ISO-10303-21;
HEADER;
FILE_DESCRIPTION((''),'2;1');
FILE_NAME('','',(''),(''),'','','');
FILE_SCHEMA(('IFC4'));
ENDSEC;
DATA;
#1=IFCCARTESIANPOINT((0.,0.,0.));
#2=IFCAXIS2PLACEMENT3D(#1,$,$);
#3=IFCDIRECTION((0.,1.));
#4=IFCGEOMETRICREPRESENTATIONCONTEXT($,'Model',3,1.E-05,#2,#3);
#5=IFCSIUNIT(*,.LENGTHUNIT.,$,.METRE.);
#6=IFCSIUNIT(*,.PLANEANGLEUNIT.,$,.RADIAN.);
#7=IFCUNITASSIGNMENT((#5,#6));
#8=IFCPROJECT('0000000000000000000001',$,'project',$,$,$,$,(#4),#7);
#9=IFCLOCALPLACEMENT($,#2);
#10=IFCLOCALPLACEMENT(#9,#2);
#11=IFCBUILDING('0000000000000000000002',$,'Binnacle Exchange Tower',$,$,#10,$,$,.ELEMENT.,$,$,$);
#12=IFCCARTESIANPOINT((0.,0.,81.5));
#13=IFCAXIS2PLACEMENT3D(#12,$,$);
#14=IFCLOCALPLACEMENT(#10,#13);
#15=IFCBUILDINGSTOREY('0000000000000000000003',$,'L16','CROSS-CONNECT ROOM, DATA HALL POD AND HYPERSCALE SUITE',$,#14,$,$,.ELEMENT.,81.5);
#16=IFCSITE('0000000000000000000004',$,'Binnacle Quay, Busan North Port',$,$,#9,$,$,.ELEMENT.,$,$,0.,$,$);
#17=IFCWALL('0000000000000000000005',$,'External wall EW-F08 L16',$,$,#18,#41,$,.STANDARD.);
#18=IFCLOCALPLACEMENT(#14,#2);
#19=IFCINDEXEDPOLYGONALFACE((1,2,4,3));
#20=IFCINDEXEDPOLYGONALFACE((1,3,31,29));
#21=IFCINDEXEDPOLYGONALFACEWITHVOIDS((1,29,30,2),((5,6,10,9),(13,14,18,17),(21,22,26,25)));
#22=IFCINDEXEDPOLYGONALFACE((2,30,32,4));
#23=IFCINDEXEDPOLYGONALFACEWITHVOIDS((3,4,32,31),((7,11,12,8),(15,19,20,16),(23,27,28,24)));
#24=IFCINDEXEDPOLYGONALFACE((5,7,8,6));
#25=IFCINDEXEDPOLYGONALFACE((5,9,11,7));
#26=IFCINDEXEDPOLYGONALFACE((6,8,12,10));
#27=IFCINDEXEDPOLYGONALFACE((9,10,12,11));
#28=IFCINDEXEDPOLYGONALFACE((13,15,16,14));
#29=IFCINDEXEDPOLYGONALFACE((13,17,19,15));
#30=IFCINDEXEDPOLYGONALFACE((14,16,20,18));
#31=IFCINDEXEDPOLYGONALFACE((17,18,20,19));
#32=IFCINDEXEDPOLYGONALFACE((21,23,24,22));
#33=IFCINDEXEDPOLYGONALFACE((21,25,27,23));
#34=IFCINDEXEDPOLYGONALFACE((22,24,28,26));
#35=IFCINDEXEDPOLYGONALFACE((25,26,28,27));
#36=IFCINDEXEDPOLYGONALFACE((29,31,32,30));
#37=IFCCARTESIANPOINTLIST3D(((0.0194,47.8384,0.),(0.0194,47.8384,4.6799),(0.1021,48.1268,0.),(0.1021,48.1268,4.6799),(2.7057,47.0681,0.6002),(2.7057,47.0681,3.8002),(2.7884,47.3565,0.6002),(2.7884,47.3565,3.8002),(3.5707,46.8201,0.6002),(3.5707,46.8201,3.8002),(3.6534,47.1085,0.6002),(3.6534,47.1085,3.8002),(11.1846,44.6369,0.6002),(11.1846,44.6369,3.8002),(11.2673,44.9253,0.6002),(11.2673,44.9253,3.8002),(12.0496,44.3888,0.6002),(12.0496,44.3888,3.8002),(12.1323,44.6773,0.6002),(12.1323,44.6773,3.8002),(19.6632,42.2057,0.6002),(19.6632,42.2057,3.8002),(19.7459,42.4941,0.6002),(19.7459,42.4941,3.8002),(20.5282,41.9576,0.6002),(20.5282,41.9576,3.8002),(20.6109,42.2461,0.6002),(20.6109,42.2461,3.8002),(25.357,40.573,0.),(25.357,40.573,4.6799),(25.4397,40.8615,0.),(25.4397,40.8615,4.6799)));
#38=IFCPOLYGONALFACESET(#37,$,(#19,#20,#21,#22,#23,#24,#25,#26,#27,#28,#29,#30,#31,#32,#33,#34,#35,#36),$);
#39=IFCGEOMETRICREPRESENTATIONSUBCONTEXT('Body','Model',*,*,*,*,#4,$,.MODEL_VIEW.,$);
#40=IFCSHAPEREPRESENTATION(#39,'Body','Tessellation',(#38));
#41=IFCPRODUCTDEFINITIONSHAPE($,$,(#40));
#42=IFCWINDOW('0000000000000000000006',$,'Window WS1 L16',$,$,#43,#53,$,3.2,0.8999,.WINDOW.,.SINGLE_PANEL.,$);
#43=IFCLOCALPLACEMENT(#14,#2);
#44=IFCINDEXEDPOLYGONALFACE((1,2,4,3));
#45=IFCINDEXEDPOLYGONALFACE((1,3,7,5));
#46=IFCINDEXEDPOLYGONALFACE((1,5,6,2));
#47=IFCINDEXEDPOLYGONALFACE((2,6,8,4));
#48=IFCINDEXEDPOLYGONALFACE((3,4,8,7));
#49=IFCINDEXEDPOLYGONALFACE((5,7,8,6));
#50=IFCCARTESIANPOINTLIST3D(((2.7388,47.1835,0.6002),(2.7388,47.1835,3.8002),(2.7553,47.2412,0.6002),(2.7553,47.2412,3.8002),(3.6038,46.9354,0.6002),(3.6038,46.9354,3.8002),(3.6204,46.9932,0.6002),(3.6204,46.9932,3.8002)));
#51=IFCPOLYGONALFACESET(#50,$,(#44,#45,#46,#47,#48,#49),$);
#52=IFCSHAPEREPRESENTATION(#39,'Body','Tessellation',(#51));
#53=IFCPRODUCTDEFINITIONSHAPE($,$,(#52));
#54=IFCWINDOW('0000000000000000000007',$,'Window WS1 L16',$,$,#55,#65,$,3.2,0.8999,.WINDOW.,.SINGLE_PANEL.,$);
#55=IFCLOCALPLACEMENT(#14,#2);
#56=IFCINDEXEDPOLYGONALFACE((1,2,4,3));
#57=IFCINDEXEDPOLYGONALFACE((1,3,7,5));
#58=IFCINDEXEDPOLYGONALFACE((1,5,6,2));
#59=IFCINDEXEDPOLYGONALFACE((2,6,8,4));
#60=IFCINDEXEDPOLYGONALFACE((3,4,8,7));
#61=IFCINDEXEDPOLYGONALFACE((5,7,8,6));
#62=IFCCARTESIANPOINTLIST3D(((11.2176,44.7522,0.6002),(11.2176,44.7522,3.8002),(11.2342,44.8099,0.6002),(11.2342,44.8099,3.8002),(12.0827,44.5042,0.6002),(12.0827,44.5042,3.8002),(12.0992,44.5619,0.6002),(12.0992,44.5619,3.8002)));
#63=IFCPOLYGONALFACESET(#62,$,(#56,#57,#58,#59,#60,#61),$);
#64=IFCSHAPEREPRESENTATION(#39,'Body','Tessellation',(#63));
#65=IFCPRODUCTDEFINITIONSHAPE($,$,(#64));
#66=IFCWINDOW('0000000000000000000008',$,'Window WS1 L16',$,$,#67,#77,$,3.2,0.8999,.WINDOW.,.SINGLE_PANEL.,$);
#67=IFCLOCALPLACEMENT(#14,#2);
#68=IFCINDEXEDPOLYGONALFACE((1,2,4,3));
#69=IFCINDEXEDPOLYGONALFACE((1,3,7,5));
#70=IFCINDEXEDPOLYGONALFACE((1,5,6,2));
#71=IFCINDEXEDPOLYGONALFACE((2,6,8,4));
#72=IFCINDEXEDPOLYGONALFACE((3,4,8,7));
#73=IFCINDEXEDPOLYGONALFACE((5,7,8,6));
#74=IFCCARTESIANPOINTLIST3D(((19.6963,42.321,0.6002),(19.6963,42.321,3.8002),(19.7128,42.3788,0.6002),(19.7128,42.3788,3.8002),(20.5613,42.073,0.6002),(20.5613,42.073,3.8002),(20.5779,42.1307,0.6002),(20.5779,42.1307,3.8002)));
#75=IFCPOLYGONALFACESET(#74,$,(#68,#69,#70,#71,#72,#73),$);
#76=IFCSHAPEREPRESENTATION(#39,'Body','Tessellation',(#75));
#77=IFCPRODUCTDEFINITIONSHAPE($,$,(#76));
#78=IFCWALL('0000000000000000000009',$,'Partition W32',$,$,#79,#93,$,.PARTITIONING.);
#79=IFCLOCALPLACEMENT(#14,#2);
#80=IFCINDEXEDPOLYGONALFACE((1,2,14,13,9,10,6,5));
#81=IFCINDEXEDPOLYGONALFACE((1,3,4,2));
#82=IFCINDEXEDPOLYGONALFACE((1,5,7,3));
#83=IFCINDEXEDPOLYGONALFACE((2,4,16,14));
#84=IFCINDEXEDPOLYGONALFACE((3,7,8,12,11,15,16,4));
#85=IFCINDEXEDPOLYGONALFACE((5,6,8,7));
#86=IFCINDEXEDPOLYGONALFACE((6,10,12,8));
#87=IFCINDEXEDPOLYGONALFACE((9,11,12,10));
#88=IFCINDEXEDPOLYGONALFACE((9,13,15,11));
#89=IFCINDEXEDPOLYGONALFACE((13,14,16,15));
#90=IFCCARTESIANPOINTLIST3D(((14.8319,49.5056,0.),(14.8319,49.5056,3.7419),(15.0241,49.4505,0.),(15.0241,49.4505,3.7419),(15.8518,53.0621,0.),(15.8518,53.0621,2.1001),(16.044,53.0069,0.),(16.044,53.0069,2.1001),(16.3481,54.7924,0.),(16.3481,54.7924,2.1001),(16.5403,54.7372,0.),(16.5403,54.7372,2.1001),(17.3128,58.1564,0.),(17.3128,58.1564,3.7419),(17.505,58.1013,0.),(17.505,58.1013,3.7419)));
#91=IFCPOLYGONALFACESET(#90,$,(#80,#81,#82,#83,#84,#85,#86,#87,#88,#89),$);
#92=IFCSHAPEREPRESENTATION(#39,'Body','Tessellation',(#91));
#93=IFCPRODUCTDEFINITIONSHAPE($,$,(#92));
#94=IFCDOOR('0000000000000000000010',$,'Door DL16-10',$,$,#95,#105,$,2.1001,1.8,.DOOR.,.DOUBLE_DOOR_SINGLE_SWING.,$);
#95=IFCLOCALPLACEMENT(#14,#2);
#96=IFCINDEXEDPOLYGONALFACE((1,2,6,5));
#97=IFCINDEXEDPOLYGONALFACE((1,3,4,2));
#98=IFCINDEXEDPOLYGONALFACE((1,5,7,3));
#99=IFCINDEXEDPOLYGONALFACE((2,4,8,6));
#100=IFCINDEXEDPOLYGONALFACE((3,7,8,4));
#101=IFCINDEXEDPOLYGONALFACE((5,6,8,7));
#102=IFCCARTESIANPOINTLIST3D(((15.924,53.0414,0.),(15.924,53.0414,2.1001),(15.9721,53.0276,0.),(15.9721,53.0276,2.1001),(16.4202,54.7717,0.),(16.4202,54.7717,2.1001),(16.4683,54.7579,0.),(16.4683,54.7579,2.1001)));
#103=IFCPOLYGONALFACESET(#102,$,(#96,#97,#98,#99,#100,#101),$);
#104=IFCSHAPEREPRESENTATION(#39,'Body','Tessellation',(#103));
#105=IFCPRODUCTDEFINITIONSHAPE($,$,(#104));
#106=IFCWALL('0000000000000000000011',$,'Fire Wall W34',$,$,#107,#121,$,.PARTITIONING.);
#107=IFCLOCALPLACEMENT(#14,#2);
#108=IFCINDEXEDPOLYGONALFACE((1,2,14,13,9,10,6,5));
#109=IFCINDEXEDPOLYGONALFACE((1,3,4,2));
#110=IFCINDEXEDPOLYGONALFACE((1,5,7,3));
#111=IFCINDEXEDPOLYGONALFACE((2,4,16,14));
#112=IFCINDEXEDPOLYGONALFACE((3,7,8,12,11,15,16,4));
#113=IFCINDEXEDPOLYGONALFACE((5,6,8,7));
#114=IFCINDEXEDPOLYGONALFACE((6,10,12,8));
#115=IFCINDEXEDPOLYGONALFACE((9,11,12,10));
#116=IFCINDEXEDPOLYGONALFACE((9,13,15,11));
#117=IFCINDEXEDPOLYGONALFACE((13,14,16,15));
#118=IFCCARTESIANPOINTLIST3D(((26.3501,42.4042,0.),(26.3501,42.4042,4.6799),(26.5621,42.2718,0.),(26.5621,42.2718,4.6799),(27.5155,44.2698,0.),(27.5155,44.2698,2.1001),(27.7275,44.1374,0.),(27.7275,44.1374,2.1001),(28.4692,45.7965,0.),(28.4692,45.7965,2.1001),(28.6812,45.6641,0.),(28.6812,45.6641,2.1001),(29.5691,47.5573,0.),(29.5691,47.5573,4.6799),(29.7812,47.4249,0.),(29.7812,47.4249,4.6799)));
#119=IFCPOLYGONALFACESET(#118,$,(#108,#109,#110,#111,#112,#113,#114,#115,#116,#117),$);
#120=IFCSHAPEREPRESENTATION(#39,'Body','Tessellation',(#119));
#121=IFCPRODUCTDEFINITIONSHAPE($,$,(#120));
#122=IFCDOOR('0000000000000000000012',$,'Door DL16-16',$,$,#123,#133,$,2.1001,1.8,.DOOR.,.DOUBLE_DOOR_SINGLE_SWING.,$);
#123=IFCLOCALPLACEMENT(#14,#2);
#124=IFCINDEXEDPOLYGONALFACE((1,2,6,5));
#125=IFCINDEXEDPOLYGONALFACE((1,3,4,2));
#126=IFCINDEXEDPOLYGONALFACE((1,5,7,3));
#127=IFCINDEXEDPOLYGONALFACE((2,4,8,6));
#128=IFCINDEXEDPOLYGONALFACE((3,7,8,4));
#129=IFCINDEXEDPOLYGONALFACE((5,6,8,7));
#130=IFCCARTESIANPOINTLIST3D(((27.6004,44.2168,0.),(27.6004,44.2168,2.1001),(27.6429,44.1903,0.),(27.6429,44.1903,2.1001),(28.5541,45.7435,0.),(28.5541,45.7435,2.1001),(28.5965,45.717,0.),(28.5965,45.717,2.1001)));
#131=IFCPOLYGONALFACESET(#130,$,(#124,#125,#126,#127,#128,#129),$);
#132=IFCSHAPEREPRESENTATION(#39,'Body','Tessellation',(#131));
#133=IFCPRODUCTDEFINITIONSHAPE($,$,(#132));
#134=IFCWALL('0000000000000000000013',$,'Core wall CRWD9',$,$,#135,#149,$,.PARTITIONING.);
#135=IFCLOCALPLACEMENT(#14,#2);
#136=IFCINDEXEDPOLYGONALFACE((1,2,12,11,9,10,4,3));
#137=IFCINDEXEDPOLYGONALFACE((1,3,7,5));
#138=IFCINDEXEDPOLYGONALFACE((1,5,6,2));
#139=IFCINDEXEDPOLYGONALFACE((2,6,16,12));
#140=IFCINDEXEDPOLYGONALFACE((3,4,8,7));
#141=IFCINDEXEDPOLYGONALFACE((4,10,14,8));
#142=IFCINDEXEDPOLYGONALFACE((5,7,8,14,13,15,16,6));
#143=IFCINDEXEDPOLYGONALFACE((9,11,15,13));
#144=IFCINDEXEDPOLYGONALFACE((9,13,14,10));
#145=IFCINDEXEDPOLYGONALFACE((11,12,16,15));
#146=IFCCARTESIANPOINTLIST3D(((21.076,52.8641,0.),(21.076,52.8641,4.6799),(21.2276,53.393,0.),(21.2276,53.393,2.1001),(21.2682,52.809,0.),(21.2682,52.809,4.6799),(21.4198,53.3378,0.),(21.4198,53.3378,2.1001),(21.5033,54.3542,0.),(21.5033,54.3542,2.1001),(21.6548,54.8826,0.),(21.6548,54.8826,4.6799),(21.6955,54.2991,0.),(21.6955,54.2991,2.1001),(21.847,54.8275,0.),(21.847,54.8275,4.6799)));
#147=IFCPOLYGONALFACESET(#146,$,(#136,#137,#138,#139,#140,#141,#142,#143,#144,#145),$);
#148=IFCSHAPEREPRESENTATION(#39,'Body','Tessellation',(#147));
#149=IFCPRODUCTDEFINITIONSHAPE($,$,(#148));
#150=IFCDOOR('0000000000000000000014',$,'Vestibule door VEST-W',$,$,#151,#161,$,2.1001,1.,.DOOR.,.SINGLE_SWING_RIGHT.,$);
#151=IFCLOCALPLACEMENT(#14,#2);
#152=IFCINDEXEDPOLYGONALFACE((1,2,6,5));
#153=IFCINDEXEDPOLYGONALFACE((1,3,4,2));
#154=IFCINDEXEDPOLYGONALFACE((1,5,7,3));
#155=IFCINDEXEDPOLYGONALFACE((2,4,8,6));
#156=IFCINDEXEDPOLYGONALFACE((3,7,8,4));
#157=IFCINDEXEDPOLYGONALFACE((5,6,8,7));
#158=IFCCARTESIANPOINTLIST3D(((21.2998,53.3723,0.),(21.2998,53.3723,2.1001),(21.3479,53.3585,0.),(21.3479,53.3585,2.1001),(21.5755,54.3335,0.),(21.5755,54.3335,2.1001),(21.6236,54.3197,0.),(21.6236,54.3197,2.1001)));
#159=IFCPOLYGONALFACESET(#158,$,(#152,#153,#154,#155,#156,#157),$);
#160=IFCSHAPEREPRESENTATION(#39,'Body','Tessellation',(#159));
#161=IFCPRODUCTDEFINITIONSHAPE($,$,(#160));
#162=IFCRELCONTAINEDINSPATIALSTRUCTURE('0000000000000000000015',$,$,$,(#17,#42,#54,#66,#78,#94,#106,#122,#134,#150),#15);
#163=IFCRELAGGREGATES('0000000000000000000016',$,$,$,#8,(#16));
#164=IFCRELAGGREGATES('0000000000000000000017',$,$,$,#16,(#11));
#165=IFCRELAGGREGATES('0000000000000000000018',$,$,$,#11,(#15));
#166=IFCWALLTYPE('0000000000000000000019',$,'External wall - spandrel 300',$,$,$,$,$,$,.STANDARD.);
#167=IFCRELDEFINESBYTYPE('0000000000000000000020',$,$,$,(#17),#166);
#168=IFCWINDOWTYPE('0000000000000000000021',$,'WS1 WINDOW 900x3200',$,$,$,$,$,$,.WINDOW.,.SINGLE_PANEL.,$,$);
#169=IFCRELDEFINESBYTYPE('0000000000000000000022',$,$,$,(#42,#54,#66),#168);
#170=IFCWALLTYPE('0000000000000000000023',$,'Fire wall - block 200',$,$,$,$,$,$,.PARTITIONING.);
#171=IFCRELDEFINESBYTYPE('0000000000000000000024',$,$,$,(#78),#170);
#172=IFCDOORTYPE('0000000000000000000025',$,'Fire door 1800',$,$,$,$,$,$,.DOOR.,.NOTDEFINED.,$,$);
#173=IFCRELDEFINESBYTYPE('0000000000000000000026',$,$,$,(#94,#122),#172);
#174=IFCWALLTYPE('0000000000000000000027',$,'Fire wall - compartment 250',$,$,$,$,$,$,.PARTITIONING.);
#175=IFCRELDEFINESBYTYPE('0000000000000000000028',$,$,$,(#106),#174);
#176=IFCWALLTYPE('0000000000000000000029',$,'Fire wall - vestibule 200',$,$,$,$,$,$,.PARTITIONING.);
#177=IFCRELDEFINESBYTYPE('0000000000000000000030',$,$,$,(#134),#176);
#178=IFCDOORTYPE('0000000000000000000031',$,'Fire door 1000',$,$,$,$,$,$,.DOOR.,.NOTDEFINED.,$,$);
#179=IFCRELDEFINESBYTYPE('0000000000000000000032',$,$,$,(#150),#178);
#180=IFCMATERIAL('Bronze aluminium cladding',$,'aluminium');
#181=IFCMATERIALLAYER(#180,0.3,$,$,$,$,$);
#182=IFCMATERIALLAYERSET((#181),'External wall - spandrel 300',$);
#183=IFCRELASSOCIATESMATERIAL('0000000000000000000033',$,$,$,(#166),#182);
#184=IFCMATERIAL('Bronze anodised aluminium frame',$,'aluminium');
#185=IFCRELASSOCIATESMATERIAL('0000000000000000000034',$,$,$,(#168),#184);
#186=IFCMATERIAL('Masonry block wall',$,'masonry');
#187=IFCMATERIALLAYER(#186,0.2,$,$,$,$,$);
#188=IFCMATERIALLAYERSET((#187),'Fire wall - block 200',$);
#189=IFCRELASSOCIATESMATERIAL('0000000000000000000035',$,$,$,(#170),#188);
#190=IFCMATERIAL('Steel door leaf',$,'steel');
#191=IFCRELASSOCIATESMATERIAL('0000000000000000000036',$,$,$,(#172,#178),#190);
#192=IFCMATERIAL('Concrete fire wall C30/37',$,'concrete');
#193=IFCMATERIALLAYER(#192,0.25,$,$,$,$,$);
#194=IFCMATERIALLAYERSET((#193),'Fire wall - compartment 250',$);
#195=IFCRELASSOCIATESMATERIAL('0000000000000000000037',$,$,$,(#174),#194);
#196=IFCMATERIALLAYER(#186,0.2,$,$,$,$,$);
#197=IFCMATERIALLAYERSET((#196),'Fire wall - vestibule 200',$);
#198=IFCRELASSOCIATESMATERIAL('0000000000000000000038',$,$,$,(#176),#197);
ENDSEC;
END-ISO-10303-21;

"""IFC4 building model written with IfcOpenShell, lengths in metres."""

from ifc_helpers import new_model, si_unit, direction, frame, frame_2d, origin, place, context, subcontext, project, spatial, rectangle, extrude, material, layer, layer_set, type_object, element, fill, save


model = new_model("IFC4")

# Units and contexts
model_context = context("Model", 3, precision=1e-05, world=origin(), true_north=direction((0.0, 1.0)))
body_context = subcontext(model_context, "Body", "Model", "MODEL_VIEW")
ifc_project = project(units=[si_unit("LENGTHUNIT", "METRE"), si_unit("PLANEANGLEUNIT", "RADIAN")], contexts=[model_context])

# Site, building, storey
site_placement = place(None, origin())
site = spatial("IfcSite", under=ifc_project, at=site_placement, Name="Binnacle Quay, Busan North Port", CompositionType="ELEMENT", RefElevation=0.0)
building_placement = place(site_placement, origin())
building = spatial("IfcBuilding", under=site, at=building_placement, Name="Binnacle Exchange Tower", CompositionType="ELEMENT")
storey_placement = place(building_placement, frame((0.0, 0.0, 81.5)))
storey = spatial("IfcBuildingStorey", under=building, at=storey_placement, Name="L16", Description="CROSS-CONNECT ROOM, DATA HALL POD AND HYPERSCALE SUITE", CompositionType="ELEMENT", Elevation=81.5)

# Shared definitions
ifc_material_1 = material(Name="Steel door leaf", Category="steel")

# Wall, openings, windows
ifc_material_2 = material(Name="Bronze aluminium cladding", Category="aluminium")
ifc_layer_1 = layer(ifc_material_2, 0.3)
ifc_layer_set_1 = layer_set([ifc_layer_1], Name="External wall - spandrel 300")
wall_type_1 = type_object("IfcWallType", Name="External wall - spandrel 300", PredefinedType="STANDARD", material=ifc_layer_set_1)
wall_1_placement = place(storey_placement, frame((25.3982, 40.7173, 0.0), z_axis=(0.0, 0.0, 1.0), x_axis=(-0.961262, 0.275635, 0.0)))
wall_1 = element("IfcWall", 1, at=wall_1_placement, inside=storey, type_object=wall_type_1, Name="External wall EW-F08 L16", PredefinedType="STANDARD", context=body_context, shape_type="SweptSolid", body=[
    extrude(rectangle(XDim=26.3586, YDim=0.3, at=frame_2d((13.1792, 0.0))), origin(), (0.0, 0.0, 1.0), 4.6799),
])
opening_1_placement = place(wall_1_placement, frame((22.6641, 0.0, 0.6001)))
opening_1 = element("IfcOpeningElement", 2, at=opening_1_placement, cuts=wall_1, PredefinedType="OPENING", context=body_context, shape_type="SweptSolid", body=[
    extrude(rectangle(XDim=0.8999, YDim=3.2, at=frame_2d((0.45, 1.6001))), frame((0.0, 0.1599, 0.0), z_axis=(0.0, -1.0, 0.0), x_axis=(1.0, 0.0, 0.0)), (0.0, 0.0, 1.0), 0.3201),
])
opening_2_placement = place(wall_1_placement, frame((13.8435, 0.0, 0.6001)))
opening_2 = element("IfcOpeningElement", 3, at=opening_2_placement, cuts=wall_1, PredefinedType="OPENING", context=body_context, shape_type="SweptSolid", body=[
    extrude(rectangle(XDim=0.8999, YDim=3.2, at=frame_2d((0.45, 1.6001))), frame((0.0, 0.1599, 0.0), z_axis=(0.0, -1.0, 0.0), x_axis=(1.0, 0.0, 0.0)), (0.0, 0.0, 1.0), 0.3201),
])
opening_3_placement = place(wall_1_placement, frame((5.0232, 0.0, 0.6001)))
opening_3 = element("IfcOpeningElement", 4, at=opening_3_placement, cuts=wall_1, PredefinedType="OPENING", context=body_context, shape_type="SweptSolid", body=[
    extrude(rectangle(XDim=0.8999, YDim=3.2, at=frame_2d((0.45, 1.6001))), frame((0.0, 0.1599, 0.0), z_axis=(0.0, -1.0, 0.0), x_axis=(1.0, 0.0, 0.0)), (0.0, 0.0, 1.0), 0.3201),
])
ifc_material_3 = material(Name="Bronze anodised aluminium frame", Category="aluminium")
window_type = type_object("IfcWindowType", Name="WS1 WINDOW 900x3200", PartitioningType="SINGLE_PANEL", PredefinedType="WINDOW", material=ifc_material_3)
window_1_placement = place(opening_1_placement, origin())
window_1 = element("IfcWindow", 5, at=window_1_placement, inside=storey, type_object=window_type, Name="Window WS1 L16", OverallHeight=3.2, OverallWidth=0.8999, PartitioningType="SINGLE_PANEL", PredefinedType="WINDOW", context=body_context, shape_type="SweptSolid", body=[
    extrude(rectangle(XDim=0.8999, YDim=3.2, at=frame_2d((0.45, 1.6001))), frame((0.0, 0.03, 0.0), z_axis=(0.0, -1.0, 0.0), x_axis=(1.0, 0.0, 0.0)), (0.0, 0.0, 1.0), 0.0601),
])
fill(opening_1, window_1)
window_2_placement = place(opening_2_placement, origin())
window_2 = element("IfcWindow", 6, at=window_2_placement, inside=storey, type_object=window_type, Name="Window WS1 L16", OverallHeight=3.2, OverallWidth=0.8999, PartitioningType="SINGLE_PANEL", PredefinedType="WINDOW", context=body_context, shape_type="SweptSolid", body=[
    extrude(rectangle(XDim=0.8999, YDim=3.2, at=frame_2d((0.45, 1.6001))), frame((0.0, 0.03, 0.0), z_axis=(0.0, -1.0, 0.0), x_axis=(1.0, 0.0, 0.0)), (0.0, 0.0, 1.0), 0.0601),
])
fill(opening_2, window_2)
window_3_placement = place(opening_3_placement, origin())
window_3 = element("IfcWindow", 7, at=window_3_placement, inside=storey, type_object=window_type, Name="Window WS1 L16", OverallHeight=3.2, OverallWidth=0.8999, PartitioningType="SINGLE_PANEL", PredefinedType="WINDOW", context=body_context, shape_type="SweptSolid", body=[
    extrude(rectangle(XDim=0.8999, YDim=3.2, at=frame_2d((0.45, 1.6001))), frame((0.0, 0.03, 0.0), z_axis=(0.0, -1.0, 0.0), x_axis=(1.0, 0.0, 0.0)), (0.0, 0.0, 1.0), 0.0601),
])
fill(opening_3, window_3)

# Walls, openings, doors
ifc_material_4 = material(Name="Masonry block wall", Category="masonry")
ifc_layer_2 = layer(ifc_material_4, 0.2)
ifc_layer_set_2 = layer_set([ifc_layer_2], Name="Fire wall - block 200")
wall_type_2 = type_object("IfcWallType", Name="Fire wall - block 200", PredefinedType="PARTITIONING", material=ifc_layer_set_2)
wall_2_placement = place(storey_placement, frame((14.928, 49.478, 0.0), z_axis=(0.0, 0.0, 1.0), x_axis=(0.275674, 0.961251, 0.0)))
wall_2 = element("IfcWall", 8, at=wall_2_placement, inside=storey, type_object=wall_type_2, Name="Partition W32", PredefinedType="PARTITIONING", context=body_context, shape_type="SweptSolid", body=[
    extrude(rectangle(XDim=8.9995, YDim=0.2, at=frame_2d((4.4998, 0.0))), origin(), (0.0, 0.0, 1.0), 3.7419),
])
opening_4_placement = place(wall_2_placement, frame((3.7, 0.0, 0.0)))
opening_4 = element("IfcOpeningElement", 9, at=opening_4_placement, cuts=wall_2, PredefinedType="OPENING", context=body_context, shape_type="SweptSolid", body=[
    extrude(rectangle(XDim=1.8, YDim=2.1001, at=frame_2d((0.8999, 1.05))), frame((0.0, 0.1099, 0.0), z_axis=(0.0, -1.0, 0.0), x_axis=(1.0, 0.0, 0.0)), (0.0, 0.0, 1.0), 0.22),
])
door_type_1 = type_object("IfcDoorType", Name="Fire door 1800", OperationType="NOTDEFINED", PredefinedType="DOOR", material=ifc_material_1)
door_1_placement = place(opening_4_placement, origin())
door_1 = element("IfcDoor", 10, at=door_1_placement, inside=storey, type_object=door_type_1, Name="Door DL16-10", OperationType="DOUBLE_DOOR_SINGLE_SWING", OverallHeight=2.1001, OverallWidth=1.8, PredefinedType="DOOR", context=body_context, shape_type="SweptSolid", body=[
    extrude(rectangle(XDim=1.8, YDim=2.1001, at=frame_2d((0.8999, 1.05))), frame((0.0, 0.0249, 0.0), z_axis=(0.0, -1.0, 0.0), x_axis=(1.0, 0.0, 0.0)), (0.0, 0.0, 1.0), 0.05),
])
fill(opening_4, door_1)
ifc_material_5 = material(Name="Concrete fire wall C30/37", Category="concrete")
ifc_layer_3 = layer(ifc_material_5, 0.25)
ifc_layer_set_3 = layer_set([ifc_layer_3], Name="Fire wall - compartment 250")
wall_type_3 = type_object("IfcWallType", Name="Fire wall - compartment 250", PredefinedType="PARTITIONING", material=ifc_layer_set_3)
wall_3_placement = place(storey_placement, frame((26.4561, 42.3379, 0.0), z_axis=(0.0, 0.0, 1.0), x_axis=(0.5298, 0.848122, 0.0)))
wall_3 = element("IfcWall", 11, at=wall_3_placement, inside=storey, type_object=wall_type_3, Name="Fire Wall W34", PredefinedType="PARTITIONING", context=body_context, shape_type="SweptSolid", body=[
    extrude(rectangle(XDim=6.0759, YDim=0.25, at=frame_2d((3.0381, 0.0))), origin(), (0.0, 0.0, 1.0), 4.6799),
])
opening_5_placement = place(wall_3_placement, frame((2.2, 0.0, 0.0)))
opening_5 = element("IfcOpeningElement", 12, at=opening_5_placement, cuts=wall_3, PredefinedType="OPENING", context=body_context, shape_type="SweptSolid", body=[
    extrude(rectangle(XDim=1.8, YDim=2.1001, at=frame_2d((0.8999, 1.05))), frame((0.0, 0.135, 0.0), z_axis=(0.0, -1.0, 0.0), x_axis=(1.0, 0.0, 0.0)), (0.0, 0.0, 1.0), 0.27),
])
door_2_placement = place(opening_5_placement, origin())
door_2 = element("IfcDoor", 13, at=door_2_placement, inside=storey, type_object=door_type_1, Name="Door DL16-16", OperationType="DOUBLE_DOOR_SINGLE_SWING", OverallHeight=2.1001, OverallWidth=1.8, PredefinedType="DOOR", context=body_context, shape_type="SweptSolid", body=[
    extrude(rectangle(XDim=1.8, YDim=2.1001, at=frame_2d((0.8999, 1.05))), frame((0.0, 0.0249, 0.0), z_axis=(0.0, -1.0, 0.0), x_axis=(1.0, 0.0, 0.0)), (0.0, 0.0, 1.0), 0.05),
])
fill(opening_5, door_2)
ifc_layer_4 = layer(ifc_material_4, 0.2)
ifc_layer_set_4 = layer_set([ifc_layer_4], Name="Fire wall - vestibule 200")
wall_type_4 = type_object("IfcWallType", Name="Fire wall - vestibule 200", PredefinedType="PARTITIONING", material=ifc_layer_set_4)
wall_4_placement = place(storey_placement, frame((21.1721, 52.8367, 0.0), z_axis=(0.0, 0.0, 1.0), x_axis=(0.275658, 0.961256, 0.0)))
wall_4 = element("IfcWall", 14, at=wall_4_placement, inside=storey, type_object=wall_type_4, Name="Core wall CRWD9", PredefinedType="PARTITIONING", context=body_context, shape_type="SweptSolid", body=[
    extrude(rectangle(XDim=2.0999, YDim=0.2, at=frame_2d((1.0498, 0.0))), origin(), (0.0, 0.0, 1.0), 4.6799),
])
opening_6_placement = place(wall_4_placement, frame((0.55, 0.0, 0.0)))
opening_6 = element("IfcOpeningElement", 15, at=opening_6_placement, cuts=wall_4, PredefinedType="OPENING", context=body_context, shape_type="SweptSolid", body=[
    extrude(rectangle(XDim=1.0, YDim=2.1001, at=frame_2d((0.5, 1.05))), frame((0.0, 0.1099, 0.0), z_axis=(0.0, -1.0, 0.0), x_axis=(1.0, 0.0, 0.0)), (0.0, 0.0, 1.0), 0.22),
])
door_type_2 = type_object("IfcDoorType", Name="Fire door 1000", OperationType="NOTDEFINED", PredefinedType="DOOR", material=ifc_material_1)
door_3_placement = place(opening_6_placement, origin())
door_3 = element("IfcDoor", 16, at=door_3_placement, inside=storey, type_object=door_type_2, Name="Vestibule door VEST-W", OperationType="SINGLE_SWING_RIGHT", OverallHeight=2.1001, OverallWidth=1.0, PredefinedType="DOOR", context=body_context, shape_type="SweptSolid", body=[
    extrude(rectangle(XDim=1.0, YDim=2.1001, at=frame_2d((0.5, 1.05))), frame((0.0, 0.0249, 0.0), z_axis=(0.0, -1.0, 0.0), x_axis=(1.0, 0.0, 0.0)), (0.0, 0.0, 1.0), 0.05),
])
fill(opening_6, door_3)

save(model, "model.ifc")
